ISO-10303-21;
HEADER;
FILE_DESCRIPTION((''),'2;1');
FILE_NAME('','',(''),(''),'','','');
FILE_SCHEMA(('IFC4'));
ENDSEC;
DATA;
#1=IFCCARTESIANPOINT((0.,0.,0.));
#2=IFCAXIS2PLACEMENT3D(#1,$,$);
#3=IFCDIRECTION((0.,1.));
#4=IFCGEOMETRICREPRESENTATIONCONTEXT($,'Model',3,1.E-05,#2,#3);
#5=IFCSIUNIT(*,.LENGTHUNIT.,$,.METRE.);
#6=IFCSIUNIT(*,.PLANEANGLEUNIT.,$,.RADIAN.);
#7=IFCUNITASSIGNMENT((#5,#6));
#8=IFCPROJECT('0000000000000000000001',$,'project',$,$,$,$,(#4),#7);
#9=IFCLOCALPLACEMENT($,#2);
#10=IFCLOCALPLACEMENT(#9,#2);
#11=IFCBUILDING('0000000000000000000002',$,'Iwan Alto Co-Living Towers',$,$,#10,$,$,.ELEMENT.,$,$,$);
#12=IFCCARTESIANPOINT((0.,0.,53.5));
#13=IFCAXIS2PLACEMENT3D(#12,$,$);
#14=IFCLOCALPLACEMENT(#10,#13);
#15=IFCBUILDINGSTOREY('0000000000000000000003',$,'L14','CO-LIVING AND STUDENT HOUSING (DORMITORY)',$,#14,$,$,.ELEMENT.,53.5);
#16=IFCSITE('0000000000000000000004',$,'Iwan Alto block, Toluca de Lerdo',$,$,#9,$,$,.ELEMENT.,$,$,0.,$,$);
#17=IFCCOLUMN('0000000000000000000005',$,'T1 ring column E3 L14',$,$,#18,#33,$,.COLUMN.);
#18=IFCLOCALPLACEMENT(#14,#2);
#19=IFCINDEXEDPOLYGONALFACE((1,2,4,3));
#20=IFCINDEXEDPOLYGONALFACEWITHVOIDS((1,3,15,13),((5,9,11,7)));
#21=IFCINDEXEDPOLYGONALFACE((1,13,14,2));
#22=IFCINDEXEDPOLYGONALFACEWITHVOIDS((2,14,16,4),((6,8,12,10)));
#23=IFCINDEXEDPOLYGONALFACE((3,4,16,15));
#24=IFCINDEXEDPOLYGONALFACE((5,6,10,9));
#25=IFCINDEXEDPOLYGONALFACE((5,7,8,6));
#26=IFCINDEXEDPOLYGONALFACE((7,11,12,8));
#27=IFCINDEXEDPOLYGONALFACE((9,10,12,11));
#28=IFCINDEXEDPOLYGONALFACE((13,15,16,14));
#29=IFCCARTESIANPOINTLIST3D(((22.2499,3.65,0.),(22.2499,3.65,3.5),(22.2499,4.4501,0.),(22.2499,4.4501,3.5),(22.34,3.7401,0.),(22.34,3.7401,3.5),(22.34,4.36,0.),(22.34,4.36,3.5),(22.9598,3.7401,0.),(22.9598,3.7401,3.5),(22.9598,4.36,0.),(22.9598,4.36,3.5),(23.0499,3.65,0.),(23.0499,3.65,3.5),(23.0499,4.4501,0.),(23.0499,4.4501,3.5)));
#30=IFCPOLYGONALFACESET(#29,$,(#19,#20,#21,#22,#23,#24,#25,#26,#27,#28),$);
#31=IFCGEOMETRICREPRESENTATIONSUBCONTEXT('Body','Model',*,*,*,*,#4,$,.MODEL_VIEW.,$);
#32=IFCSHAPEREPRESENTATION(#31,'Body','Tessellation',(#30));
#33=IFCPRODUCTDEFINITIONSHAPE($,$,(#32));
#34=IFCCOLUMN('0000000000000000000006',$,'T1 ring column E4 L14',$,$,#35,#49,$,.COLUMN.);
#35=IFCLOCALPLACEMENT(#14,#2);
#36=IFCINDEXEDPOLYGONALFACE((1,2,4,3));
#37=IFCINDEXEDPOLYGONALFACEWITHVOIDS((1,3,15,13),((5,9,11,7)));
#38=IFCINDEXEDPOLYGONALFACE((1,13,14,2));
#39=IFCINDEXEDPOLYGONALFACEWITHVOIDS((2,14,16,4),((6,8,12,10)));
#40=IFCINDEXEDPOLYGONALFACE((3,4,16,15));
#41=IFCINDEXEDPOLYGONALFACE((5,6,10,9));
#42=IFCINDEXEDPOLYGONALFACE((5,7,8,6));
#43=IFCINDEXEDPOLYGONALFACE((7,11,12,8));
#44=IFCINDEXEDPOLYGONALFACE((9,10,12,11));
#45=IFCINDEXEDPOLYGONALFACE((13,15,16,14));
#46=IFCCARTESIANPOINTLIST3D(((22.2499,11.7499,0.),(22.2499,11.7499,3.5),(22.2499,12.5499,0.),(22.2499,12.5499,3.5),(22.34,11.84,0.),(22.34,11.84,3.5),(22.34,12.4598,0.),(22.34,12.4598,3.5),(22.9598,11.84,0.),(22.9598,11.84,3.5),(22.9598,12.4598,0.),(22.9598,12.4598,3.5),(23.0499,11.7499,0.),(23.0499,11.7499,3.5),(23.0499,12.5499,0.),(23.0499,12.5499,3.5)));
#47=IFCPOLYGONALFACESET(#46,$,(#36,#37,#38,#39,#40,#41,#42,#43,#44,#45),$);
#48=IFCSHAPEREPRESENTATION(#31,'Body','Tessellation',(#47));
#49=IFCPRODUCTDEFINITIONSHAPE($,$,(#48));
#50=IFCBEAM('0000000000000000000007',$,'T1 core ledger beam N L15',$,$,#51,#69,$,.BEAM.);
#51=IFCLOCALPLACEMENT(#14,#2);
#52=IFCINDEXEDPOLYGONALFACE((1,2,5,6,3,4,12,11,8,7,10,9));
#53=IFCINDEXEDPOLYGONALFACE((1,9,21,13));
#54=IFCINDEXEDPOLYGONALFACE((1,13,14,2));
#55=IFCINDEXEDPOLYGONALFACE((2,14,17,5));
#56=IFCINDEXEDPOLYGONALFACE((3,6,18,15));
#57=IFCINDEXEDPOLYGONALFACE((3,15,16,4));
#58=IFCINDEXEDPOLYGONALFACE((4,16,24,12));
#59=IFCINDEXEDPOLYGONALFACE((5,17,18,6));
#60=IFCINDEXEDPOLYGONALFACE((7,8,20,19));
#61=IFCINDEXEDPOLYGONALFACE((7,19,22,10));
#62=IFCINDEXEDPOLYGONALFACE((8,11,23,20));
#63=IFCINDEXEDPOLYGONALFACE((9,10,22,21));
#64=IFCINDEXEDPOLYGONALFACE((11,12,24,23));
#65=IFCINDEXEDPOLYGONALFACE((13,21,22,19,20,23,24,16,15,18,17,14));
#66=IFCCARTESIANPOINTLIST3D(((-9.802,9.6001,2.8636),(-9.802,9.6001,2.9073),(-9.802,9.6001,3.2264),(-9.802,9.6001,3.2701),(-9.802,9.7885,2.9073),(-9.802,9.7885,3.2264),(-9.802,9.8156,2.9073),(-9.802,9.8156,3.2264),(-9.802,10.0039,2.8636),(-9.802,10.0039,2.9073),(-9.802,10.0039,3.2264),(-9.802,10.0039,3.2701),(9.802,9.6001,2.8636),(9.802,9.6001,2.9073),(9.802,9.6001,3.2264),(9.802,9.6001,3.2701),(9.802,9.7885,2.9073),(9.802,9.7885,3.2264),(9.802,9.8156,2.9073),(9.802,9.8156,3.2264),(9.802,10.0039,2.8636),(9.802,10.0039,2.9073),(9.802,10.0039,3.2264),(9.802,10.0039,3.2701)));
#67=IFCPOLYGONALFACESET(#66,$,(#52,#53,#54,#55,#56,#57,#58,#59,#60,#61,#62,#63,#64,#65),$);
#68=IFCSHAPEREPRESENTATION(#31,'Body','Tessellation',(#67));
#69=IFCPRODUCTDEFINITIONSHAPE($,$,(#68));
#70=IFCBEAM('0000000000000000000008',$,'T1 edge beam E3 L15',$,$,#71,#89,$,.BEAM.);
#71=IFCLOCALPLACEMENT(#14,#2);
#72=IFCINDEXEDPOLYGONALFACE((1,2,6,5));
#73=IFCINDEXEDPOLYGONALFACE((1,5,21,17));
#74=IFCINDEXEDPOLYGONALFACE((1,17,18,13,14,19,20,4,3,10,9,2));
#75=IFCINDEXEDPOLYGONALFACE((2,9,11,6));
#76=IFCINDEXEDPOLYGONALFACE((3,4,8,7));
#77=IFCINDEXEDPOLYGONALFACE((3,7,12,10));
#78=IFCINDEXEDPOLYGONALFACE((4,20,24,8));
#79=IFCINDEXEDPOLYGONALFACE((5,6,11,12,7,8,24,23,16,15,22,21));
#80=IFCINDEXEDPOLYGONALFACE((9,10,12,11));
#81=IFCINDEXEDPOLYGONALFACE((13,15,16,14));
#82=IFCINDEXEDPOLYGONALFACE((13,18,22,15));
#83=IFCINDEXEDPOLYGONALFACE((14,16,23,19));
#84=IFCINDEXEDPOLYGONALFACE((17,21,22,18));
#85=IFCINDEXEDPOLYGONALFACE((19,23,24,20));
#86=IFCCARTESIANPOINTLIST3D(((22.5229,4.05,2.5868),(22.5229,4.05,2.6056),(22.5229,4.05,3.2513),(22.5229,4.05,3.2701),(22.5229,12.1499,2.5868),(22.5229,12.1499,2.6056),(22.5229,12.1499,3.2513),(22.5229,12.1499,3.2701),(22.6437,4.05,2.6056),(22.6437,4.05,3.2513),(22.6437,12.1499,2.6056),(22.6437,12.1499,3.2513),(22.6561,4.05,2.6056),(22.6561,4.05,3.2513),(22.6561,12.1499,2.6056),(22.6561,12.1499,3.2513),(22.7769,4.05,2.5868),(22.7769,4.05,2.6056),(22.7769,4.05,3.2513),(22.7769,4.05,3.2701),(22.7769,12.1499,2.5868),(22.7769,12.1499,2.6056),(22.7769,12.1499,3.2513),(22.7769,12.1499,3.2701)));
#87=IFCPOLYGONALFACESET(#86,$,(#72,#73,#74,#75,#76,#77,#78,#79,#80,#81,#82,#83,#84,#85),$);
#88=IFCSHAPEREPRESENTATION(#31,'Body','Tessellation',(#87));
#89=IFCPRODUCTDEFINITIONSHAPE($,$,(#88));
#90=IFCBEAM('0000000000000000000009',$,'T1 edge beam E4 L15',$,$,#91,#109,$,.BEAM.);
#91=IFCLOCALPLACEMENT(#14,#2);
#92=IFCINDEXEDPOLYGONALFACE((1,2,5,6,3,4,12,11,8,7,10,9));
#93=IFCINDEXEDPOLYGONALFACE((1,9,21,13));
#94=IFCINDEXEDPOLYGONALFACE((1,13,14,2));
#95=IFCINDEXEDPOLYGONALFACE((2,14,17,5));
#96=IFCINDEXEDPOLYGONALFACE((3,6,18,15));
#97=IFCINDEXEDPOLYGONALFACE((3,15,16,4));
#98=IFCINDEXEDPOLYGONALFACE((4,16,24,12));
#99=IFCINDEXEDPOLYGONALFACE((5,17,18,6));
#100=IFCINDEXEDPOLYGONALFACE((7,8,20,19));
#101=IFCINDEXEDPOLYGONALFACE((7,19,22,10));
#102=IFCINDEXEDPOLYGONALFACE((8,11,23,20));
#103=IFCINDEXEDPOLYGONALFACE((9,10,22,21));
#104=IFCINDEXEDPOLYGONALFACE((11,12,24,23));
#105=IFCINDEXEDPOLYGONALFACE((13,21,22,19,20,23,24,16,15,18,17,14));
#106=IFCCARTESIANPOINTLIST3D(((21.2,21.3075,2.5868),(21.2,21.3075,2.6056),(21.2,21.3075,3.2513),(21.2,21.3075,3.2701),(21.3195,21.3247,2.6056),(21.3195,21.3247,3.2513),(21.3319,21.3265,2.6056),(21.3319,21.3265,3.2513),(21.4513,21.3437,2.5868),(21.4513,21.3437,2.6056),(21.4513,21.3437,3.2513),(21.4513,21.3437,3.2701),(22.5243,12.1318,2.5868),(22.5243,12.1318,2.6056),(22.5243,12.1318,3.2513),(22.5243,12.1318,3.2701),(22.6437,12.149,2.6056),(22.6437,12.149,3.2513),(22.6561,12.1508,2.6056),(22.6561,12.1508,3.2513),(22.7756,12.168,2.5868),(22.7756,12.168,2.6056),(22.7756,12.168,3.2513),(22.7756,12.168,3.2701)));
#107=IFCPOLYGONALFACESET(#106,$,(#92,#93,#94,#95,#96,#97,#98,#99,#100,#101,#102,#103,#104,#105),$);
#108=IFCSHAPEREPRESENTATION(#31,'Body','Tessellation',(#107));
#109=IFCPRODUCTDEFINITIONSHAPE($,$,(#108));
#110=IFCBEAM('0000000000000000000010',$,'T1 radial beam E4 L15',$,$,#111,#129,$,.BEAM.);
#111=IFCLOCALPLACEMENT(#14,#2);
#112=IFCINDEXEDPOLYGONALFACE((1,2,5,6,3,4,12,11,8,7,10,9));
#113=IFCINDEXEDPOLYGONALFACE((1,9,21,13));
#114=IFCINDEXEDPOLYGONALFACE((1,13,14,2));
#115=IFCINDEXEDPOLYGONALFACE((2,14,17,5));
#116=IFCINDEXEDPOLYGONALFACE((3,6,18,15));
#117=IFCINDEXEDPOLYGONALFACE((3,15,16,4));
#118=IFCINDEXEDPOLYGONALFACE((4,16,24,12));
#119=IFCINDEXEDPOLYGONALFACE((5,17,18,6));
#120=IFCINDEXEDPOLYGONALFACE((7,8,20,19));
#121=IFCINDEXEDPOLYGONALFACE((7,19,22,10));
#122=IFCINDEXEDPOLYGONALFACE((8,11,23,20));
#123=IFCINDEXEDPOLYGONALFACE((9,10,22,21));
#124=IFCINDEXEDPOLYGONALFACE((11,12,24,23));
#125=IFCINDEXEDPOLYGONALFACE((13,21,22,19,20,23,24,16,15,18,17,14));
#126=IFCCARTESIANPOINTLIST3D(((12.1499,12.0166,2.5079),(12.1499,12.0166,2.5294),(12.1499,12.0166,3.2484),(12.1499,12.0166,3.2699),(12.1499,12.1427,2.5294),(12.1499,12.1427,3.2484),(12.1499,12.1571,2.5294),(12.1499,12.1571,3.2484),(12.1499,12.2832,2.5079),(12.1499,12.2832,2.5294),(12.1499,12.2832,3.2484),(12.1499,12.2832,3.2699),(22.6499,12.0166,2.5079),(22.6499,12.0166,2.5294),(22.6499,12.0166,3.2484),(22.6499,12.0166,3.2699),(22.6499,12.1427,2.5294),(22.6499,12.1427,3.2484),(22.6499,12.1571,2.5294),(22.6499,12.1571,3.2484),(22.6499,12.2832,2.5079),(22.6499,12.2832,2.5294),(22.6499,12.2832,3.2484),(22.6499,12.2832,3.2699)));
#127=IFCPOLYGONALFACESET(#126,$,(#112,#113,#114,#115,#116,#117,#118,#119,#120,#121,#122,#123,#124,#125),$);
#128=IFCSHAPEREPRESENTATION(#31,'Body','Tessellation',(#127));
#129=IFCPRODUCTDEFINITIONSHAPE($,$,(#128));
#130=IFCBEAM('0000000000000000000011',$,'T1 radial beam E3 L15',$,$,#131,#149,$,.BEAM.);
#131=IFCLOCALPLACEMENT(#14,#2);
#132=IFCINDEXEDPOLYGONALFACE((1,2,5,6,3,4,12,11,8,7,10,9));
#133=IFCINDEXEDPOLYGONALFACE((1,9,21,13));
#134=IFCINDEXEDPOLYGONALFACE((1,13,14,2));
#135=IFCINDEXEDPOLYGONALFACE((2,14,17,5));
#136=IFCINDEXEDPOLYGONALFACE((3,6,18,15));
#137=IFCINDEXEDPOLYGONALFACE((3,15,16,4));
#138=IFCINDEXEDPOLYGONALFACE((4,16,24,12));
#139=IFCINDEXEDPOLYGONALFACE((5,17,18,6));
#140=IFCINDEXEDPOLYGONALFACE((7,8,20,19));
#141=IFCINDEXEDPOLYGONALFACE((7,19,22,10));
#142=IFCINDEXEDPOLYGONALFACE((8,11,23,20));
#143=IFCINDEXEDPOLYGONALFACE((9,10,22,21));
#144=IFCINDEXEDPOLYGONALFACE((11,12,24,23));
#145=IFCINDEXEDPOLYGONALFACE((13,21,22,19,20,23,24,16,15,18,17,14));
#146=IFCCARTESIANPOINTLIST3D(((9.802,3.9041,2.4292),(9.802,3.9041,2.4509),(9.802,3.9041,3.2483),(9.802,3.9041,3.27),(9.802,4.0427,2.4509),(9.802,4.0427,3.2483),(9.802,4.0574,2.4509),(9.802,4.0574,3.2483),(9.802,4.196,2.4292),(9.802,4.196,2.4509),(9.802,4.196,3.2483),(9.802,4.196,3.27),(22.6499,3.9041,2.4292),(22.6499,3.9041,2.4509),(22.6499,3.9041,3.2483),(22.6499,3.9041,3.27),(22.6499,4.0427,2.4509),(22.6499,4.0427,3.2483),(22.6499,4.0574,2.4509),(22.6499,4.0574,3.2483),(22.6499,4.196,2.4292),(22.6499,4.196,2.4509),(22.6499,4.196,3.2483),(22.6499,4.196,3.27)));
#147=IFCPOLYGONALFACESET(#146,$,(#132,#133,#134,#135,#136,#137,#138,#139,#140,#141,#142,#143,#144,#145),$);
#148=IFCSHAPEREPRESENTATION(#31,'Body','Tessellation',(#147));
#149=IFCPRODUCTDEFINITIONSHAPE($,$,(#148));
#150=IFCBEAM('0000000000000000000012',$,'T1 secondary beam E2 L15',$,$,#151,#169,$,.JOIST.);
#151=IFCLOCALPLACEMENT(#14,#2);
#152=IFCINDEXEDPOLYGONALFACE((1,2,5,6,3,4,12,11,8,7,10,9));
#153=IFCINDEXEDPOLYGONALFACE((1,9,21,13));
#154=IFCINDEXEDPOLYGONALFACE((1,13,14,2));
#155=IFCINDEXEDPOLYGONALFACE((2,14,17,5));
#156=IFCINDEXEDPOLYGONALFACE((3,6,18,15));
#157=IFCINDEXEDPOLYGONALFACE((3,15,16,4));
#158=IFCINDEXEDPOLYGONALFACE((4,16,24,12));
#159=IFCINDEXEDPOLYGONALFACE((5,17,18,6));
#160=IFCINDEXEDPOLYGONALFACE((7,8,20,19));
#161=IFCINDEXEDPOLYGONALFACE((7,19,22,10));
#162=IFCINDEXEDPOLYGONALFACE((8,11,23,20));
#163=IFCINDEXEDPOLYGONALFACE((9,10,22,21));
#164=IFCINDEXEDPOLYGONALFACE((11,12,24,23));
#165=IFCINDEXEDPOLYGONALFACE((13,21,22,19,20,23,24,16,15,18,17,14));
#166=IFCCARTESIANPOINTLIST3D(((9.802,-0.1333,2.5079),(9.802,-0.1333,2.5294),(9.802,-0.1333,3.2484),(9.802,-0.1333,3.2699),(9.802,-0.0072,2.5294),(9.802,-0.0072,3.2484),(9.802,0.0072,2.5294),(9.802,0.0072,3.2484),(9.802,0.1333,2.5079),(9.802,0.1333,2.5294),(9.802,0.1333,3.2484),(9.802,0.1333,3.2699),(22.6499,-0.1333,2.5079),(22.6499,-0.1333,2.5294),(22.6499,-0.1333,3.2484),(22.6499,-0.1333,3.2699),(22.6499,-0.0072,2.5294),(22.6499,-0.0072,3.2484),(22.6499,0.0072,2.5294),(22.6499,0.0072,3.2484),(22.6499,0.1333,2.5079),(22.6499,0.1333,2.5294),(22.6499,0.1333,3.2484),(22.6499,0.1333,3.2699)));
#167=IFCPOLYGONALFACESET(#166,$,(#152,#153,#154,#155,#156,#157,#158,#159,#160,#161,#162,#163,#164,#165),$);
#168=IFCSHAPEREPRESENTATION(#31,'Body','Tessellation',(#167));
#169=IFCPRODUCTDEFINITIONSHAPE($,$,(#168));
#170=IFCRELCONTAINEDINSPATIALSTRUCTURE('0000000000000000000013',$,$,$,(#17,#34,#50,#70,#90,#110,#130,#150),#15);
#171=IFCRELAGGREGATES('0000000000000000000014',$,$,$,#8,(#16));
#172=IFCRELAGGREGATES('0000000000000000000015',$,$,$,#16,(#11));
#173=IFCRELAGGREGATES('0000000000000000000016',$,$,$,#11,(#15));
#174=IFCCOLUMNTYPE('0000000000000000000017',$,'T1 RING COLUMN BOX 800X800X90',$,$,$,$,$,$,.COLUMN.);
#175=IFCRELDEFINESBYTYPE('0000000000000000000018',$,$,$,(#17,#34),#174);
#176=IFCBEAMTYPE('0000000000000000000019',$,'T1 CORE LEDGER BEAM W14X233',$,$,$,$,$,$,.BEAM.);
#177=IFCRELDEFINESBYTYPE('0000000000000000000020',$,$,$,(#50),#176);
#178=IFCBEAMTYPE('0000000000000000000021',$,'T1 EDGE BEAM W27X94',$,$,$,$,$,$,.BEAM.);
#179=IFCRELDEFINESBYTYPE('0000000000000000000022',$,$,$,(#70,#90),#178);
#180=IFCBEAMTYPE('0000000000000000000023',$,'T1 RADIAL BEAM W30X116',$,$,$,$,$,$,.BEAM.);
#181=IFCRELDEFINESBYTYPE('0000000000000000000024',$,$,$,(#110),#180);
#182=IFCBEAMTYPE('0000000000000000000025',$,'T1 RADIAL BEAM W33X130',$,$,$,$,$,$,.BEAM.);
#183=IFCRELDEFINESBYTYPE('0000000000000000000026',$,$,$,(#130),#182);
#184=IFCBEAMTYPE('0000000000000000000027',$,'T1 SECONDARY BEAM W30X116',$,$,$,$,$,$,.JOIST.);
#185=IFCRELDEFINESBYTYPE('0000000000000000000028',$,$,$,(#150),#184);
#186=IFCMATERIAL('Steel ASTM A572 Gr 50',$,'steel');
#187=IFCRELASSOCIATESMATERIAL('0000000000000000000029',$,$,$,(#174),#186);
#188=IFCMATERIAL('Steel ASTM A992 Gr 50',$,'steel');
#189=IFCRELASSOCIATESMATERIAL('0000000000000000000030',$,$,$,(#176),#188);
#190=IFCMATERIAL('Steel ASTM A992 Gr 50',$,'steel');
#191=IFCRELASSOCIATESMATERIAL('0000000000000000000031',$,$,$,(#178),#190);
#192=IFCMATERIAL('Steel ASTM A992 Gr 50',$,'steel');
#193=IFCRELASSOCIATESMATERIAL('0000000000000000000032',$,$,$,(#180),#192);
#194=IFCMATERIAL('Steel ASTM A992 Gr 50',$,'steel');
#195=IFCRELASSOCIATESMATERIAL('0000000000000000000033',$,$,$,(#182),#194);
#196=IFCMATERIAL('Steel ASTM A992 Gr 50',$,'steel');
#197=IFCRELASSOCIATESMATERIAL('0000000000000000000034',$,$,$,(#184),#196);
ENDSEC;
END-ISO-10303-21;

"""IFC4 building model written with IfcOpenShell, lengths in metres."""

from ifc_helpers import new_model, si_unit, direction, frame, origin, origin_2d, place, context, subcontext, project, spatial, hollow_rectangle, i_section, extrude, material, material_profile, profile_set, type_object, element, save


model = new_model("IFC4")

# Units and contexts
model_context = context("Model", 3, precision=1e-05, world=origin(), true_north=direction((0.0, 1.0)))
body_context = subcontext(model_context, "Body", "Model", "MODEL_VIEW")
ifc_project = project(units=[si_unit("LENGTHUNIT", "METRE"), si_unit("PLANEANGLEUNIT", "RADIAN")], contexts=[model_context])

# Site, building, storey
site_placement = place(None, origin())
site = spatial("IfcSite", under=ifc_project, at=site_placement, Name="Iwan Alto block, Toluca de Lerdo", CompositionType="ELEMENT", RefElevation=0.0)
building_placement = place(site_placement, origin())
building = spatial("IfcBuilding", under=site, at=building_placement, Name="Iwan Alto Co-Living Towers", CompositionType="ELEMENT")
storey_placement = place(building_placement, frame((0.0, 0.0, 53.5)))
storey = spatial("IfcBuildingStorey", under=building, at=storey_placement, Name="L14", Description="CO-LIVING AND STUDENT HOUSING (DORMITORY)", CompositionType="ELEMENT", Elevation=53.5)

# Columns
ifc_material_1 = material(Name="Steel ASTM A572 Gr 50", Category="steel")
ifc_material_profile_1 = material_profile(ifc_material_1, hollow_rectangle(XDim=0.8, YDim=0.8, WallThickness=0.0901, at=origin_2d()), Name="BOX 800X800X90")
ifc_profile_set_1 = profile_set([ifc_material_profile_1], Name="Steel ASTM A572 Gr 50")
column_type = type_object("IfcColumnType", Name="T1 RING COLUMN BOX 800X800X90", PredefinedType="COLUMN", material=ifc_profile_set_1)
for number, where, z_axis, x_axis, name in (
    (1, (22.6499, 4.05, 0.0), (0.0, 0.0, 1.0), (1.0, 0.0, 0.0), "T1 ring column E3 L14"),
    (2, (22.6499, 12.1499, 0.0), (0.0, 0.0, 1.0), (1.0, 0.0, 0.0), "T1 ring column E4 L14"),
):
    element("IfcColumn", number, at=place(storey_placement, frame(where, z_axis=z_axis, x_axis=x_axis)), inside=storey, type_object=column_type, Name=name, PredefinedType="COLUMN", context=body_context, shape_type="SweptSolid", body=[
        extrude(hollow_rectangle(XDim=0.8, YDim=0.8, WallThickness=0.0901, at=origin_2d()), origin(), (0.0, 0.0, 1.0), 3.5),
    ])

# Beams
ifc_material_2 = material(Name="Steel ASTM A992 Gr 50", Category="steel")
ifc_material_profile_2 = material_profile(ifc_material_2, i_section(OverallWidth=0.4038, OverallDepth=0.4065, WebThickness=0.0271, FlangeThickness=0.0437, at=origin_2d()), Name="W14X233")
ifc_profile_set_2 = profile_set([ifc_material_profile_2], Name="Steel ASTM A992 Gr 50")
beam_type_1 = type_object("IfcBeamType", Name="T1 CORE LEDGER BEAM W14X233", PredefinedType="BEAM", material=ifc_profile_set_2)
beam_1_placement = place(storey_placement, frame((9.802, 9.802, 3.0669), z_axis=(-1.0, 0.0, 0.0), x_axis=(0.0, -1.0, 0.0)))
element("IfcBeam", 3, at=beam_1_placement, inside=storey, type_object=beam_type_1, Name="T1 core ledger beam N L15", PredefinedType="BEAM", context=body_context, shape_type="SweptSolid", body=[
    extrude(i_section(OverallWidth=0.4038, OverallDepth=0.4065, WebThickness=0.0271, FlangeThickness=0.0437, at=origin_2d()), origin(), (0.0, 0.0, 1.0), 19.604),
])
ifc_material_3 = material(Name="Steel ASTM A992 Gr 50", Category="steel")
ifc_material_profile_3 = material_profile(ifc_material_3, i_section(OverallWidth=0.2539, OverallDepth=0.6833, WebThickness=0.0125, FlangeThickness=0.0188, at=origin_2d()), Name="W27X94")
ifc_profile_set_3 = profile_set([ifc_material_profile_3], Name="Steel ASTM A992 Gr 50")
beam_type_2 = type_object("IfcBeamType", Name="T1 EDGE BEAM W27X94", PredefinedType="BEAM", material=ifc_profile_set_3)
beam_2_placement = place(storey_placement, frame((22.6499, 4.05, 2.9285), z_axis=(0.0, 1.0, 0.0), x_axis=(-1.0, 0.0, 0.0)))
element("IfcBeam", 4, at=beam_2_placement, inside=storey, type_object=beam_type_2, Name="T1 edge beam E3 L15", PredefinedType="BEAM", context=body_context, shape_type="SweptSolid", body=[
    extrude(i_section(OverallWidth=0.2539, OverallDepth=0.6833, WebThickness=0.0125, FlangeThickness=0.0188, at=origin_2d()), origin(), (0.0, 0.0, 1.0), 8.0999),
])
beam_3_placement = place(storey_placement, frame((22.6499, 12.1499, 2.9285), z_axis=(-0.142837, 0.989746, 0.0), x_axis=(-0.989746, -0.142837, 0.0)))
element("IfcBeam", 5, at=beam_3_placement, inside=storey, type_object=beam_type_2, Name="T1 edge beam E4 L15", PredefinedType="BEAM", context=body_context, shape_type="SweptSolid", body=[
    extrude(i_section(OverallWidth=0.2539, OverallDepth=0.6833, WebThickness=0.0125, FlangeThickness=0.0188, at=origin_2d()), origin(), (0.0, 0.0, 1.0), 9.2708),
])
ifc_material_4 = material(Name="Steel ASTM A992 Gr 50", Category="steel")
ifc_material_profile_4 = material_profile(ifc_material_4, i_section(OverallWidth=0.2666, OverallDepth=0.762, WebThickness=0.0144, FlangeThickness=0.0215, at=origin_2d()), Name="W30X116")
ifc_profile_set_4 = profile_set([ifc_material_profile_4], Name="Steel ASTM A992 Gr 50")
beam_type_3 = type_object("IfcBeamType", Name="T1 RADIAL BEAM W30X116", PredefinedType="BEAM", material=ifc_profile_set_4)
beam_4_placement = place(storey_placement, frame((22.6499, 12.1499, 2.8889), z_axis=(-1.0, 0.0, 0.0), x_axis=(0.0, -1.0, 0.0)))
element("IfcBeam", 6, at=beam_4_placement, inside=storey, type_object=beam_type_3, Name="T1 radial beam E4 L15", PredefinedType="BEAM", context=body_context, shape_type="SweptSolid", body=[
    extrude(i_section(OverallWidth=0.2666, OverallDepth=0.762, WebThickness=0.0144, FlangeThickness=0.0215, at=origin_2d()), origin(), (0.0, 0.0, 1.0), 10.5),
])
ifc_material_5 = material(Name="Steel ASTM A992 Gr 50", Category="steel")
ifc_material_profile_5 = material_profile(ifc_material_5, i_section(OverallWidth=0.292, OverallDepth=0.8408, WebThickness=0.0146, FlangeThickness=0.0217, at=origin_2d()), Name="W33X130")
ifc_profile_set_5 = profile_set([ifc_material_profile_5], Name="Steel ASTM A992 Gr 50")
beam_type_4 = type_object("IfcBeamType", Name="T1 RADIAL BEAM W33X130", PredefinedType="BEAM", material=ifc_profile_set_5)
beam_5_placement = place(storey_placement, frame((22.6499, 4.05, 2.8496), z_axis=(-1.0, 0.0, 0.0), x_axis=(0.0, -1.0, 0.0)))
element("IfcBeam", 7, at=beam_5_placement, inside=storey, type_object=beam_type_4, Name="T1 radial beam E3 L15", PredefinedType="BEAM", context=body_context, shape_type="SweptSolid", body=[
    extrude(i_section(OverallWidth=0.292, OverallDepth=0.8408, WebThickness=0.0146, FlangeThickness=0.0217, at=origin_2d()), origin(), (0.0, 0.0, 1.0), 12.8479),
])
ifc_material_6 = material(Name="Steel ASTM A992 Gr 50", Category="steel")
ifc_material_profile_6 = material_profile(ifc_material_6, i_section(OverallWidth=0.2666, OverallDepth=0.762, WebThickness=0.0144, FlangeThickness=0.0215, at=origin_2d()), Name="W30X116")
ifc_profile_set_6 = profile_set([ifc_material_profile_6], Name="Steel ASTM A992 Gr 50")
beam_type_5 = type_object("IfcBeamType", Name="T1 SECONDARY BEAM W30X116", PredefinedType="JOIST", material=ifc_profile_set_6)
for number, where, z_axis, x_axis, name in (
    (8, (22.6499, 0.0, 2.8889), (-1.0, 0.0, 0.0), (0.0, -1.0, 0.0), "T1 secondary beam E2 L15"),
):
    element("IfcBeam", number, at=place(storey_placement, frame(where, z_axis=z_axis, x_axis=x_axis)), inside=storey, type_object=beam_type_5, Name=name, PredefinedType="JOIST", context=body_context, shape_type="SweptSolid", body=[
        extrude(i_section(OverallWidth=0.2666, OverallDepth=0.762, WebThickness=0.0144, FlangeThickness=0.0215, at=origin_2d()), origin(), (0.0, 0.0, 1.0), 12.8479),
    ])

save(model, "model.ifc")
